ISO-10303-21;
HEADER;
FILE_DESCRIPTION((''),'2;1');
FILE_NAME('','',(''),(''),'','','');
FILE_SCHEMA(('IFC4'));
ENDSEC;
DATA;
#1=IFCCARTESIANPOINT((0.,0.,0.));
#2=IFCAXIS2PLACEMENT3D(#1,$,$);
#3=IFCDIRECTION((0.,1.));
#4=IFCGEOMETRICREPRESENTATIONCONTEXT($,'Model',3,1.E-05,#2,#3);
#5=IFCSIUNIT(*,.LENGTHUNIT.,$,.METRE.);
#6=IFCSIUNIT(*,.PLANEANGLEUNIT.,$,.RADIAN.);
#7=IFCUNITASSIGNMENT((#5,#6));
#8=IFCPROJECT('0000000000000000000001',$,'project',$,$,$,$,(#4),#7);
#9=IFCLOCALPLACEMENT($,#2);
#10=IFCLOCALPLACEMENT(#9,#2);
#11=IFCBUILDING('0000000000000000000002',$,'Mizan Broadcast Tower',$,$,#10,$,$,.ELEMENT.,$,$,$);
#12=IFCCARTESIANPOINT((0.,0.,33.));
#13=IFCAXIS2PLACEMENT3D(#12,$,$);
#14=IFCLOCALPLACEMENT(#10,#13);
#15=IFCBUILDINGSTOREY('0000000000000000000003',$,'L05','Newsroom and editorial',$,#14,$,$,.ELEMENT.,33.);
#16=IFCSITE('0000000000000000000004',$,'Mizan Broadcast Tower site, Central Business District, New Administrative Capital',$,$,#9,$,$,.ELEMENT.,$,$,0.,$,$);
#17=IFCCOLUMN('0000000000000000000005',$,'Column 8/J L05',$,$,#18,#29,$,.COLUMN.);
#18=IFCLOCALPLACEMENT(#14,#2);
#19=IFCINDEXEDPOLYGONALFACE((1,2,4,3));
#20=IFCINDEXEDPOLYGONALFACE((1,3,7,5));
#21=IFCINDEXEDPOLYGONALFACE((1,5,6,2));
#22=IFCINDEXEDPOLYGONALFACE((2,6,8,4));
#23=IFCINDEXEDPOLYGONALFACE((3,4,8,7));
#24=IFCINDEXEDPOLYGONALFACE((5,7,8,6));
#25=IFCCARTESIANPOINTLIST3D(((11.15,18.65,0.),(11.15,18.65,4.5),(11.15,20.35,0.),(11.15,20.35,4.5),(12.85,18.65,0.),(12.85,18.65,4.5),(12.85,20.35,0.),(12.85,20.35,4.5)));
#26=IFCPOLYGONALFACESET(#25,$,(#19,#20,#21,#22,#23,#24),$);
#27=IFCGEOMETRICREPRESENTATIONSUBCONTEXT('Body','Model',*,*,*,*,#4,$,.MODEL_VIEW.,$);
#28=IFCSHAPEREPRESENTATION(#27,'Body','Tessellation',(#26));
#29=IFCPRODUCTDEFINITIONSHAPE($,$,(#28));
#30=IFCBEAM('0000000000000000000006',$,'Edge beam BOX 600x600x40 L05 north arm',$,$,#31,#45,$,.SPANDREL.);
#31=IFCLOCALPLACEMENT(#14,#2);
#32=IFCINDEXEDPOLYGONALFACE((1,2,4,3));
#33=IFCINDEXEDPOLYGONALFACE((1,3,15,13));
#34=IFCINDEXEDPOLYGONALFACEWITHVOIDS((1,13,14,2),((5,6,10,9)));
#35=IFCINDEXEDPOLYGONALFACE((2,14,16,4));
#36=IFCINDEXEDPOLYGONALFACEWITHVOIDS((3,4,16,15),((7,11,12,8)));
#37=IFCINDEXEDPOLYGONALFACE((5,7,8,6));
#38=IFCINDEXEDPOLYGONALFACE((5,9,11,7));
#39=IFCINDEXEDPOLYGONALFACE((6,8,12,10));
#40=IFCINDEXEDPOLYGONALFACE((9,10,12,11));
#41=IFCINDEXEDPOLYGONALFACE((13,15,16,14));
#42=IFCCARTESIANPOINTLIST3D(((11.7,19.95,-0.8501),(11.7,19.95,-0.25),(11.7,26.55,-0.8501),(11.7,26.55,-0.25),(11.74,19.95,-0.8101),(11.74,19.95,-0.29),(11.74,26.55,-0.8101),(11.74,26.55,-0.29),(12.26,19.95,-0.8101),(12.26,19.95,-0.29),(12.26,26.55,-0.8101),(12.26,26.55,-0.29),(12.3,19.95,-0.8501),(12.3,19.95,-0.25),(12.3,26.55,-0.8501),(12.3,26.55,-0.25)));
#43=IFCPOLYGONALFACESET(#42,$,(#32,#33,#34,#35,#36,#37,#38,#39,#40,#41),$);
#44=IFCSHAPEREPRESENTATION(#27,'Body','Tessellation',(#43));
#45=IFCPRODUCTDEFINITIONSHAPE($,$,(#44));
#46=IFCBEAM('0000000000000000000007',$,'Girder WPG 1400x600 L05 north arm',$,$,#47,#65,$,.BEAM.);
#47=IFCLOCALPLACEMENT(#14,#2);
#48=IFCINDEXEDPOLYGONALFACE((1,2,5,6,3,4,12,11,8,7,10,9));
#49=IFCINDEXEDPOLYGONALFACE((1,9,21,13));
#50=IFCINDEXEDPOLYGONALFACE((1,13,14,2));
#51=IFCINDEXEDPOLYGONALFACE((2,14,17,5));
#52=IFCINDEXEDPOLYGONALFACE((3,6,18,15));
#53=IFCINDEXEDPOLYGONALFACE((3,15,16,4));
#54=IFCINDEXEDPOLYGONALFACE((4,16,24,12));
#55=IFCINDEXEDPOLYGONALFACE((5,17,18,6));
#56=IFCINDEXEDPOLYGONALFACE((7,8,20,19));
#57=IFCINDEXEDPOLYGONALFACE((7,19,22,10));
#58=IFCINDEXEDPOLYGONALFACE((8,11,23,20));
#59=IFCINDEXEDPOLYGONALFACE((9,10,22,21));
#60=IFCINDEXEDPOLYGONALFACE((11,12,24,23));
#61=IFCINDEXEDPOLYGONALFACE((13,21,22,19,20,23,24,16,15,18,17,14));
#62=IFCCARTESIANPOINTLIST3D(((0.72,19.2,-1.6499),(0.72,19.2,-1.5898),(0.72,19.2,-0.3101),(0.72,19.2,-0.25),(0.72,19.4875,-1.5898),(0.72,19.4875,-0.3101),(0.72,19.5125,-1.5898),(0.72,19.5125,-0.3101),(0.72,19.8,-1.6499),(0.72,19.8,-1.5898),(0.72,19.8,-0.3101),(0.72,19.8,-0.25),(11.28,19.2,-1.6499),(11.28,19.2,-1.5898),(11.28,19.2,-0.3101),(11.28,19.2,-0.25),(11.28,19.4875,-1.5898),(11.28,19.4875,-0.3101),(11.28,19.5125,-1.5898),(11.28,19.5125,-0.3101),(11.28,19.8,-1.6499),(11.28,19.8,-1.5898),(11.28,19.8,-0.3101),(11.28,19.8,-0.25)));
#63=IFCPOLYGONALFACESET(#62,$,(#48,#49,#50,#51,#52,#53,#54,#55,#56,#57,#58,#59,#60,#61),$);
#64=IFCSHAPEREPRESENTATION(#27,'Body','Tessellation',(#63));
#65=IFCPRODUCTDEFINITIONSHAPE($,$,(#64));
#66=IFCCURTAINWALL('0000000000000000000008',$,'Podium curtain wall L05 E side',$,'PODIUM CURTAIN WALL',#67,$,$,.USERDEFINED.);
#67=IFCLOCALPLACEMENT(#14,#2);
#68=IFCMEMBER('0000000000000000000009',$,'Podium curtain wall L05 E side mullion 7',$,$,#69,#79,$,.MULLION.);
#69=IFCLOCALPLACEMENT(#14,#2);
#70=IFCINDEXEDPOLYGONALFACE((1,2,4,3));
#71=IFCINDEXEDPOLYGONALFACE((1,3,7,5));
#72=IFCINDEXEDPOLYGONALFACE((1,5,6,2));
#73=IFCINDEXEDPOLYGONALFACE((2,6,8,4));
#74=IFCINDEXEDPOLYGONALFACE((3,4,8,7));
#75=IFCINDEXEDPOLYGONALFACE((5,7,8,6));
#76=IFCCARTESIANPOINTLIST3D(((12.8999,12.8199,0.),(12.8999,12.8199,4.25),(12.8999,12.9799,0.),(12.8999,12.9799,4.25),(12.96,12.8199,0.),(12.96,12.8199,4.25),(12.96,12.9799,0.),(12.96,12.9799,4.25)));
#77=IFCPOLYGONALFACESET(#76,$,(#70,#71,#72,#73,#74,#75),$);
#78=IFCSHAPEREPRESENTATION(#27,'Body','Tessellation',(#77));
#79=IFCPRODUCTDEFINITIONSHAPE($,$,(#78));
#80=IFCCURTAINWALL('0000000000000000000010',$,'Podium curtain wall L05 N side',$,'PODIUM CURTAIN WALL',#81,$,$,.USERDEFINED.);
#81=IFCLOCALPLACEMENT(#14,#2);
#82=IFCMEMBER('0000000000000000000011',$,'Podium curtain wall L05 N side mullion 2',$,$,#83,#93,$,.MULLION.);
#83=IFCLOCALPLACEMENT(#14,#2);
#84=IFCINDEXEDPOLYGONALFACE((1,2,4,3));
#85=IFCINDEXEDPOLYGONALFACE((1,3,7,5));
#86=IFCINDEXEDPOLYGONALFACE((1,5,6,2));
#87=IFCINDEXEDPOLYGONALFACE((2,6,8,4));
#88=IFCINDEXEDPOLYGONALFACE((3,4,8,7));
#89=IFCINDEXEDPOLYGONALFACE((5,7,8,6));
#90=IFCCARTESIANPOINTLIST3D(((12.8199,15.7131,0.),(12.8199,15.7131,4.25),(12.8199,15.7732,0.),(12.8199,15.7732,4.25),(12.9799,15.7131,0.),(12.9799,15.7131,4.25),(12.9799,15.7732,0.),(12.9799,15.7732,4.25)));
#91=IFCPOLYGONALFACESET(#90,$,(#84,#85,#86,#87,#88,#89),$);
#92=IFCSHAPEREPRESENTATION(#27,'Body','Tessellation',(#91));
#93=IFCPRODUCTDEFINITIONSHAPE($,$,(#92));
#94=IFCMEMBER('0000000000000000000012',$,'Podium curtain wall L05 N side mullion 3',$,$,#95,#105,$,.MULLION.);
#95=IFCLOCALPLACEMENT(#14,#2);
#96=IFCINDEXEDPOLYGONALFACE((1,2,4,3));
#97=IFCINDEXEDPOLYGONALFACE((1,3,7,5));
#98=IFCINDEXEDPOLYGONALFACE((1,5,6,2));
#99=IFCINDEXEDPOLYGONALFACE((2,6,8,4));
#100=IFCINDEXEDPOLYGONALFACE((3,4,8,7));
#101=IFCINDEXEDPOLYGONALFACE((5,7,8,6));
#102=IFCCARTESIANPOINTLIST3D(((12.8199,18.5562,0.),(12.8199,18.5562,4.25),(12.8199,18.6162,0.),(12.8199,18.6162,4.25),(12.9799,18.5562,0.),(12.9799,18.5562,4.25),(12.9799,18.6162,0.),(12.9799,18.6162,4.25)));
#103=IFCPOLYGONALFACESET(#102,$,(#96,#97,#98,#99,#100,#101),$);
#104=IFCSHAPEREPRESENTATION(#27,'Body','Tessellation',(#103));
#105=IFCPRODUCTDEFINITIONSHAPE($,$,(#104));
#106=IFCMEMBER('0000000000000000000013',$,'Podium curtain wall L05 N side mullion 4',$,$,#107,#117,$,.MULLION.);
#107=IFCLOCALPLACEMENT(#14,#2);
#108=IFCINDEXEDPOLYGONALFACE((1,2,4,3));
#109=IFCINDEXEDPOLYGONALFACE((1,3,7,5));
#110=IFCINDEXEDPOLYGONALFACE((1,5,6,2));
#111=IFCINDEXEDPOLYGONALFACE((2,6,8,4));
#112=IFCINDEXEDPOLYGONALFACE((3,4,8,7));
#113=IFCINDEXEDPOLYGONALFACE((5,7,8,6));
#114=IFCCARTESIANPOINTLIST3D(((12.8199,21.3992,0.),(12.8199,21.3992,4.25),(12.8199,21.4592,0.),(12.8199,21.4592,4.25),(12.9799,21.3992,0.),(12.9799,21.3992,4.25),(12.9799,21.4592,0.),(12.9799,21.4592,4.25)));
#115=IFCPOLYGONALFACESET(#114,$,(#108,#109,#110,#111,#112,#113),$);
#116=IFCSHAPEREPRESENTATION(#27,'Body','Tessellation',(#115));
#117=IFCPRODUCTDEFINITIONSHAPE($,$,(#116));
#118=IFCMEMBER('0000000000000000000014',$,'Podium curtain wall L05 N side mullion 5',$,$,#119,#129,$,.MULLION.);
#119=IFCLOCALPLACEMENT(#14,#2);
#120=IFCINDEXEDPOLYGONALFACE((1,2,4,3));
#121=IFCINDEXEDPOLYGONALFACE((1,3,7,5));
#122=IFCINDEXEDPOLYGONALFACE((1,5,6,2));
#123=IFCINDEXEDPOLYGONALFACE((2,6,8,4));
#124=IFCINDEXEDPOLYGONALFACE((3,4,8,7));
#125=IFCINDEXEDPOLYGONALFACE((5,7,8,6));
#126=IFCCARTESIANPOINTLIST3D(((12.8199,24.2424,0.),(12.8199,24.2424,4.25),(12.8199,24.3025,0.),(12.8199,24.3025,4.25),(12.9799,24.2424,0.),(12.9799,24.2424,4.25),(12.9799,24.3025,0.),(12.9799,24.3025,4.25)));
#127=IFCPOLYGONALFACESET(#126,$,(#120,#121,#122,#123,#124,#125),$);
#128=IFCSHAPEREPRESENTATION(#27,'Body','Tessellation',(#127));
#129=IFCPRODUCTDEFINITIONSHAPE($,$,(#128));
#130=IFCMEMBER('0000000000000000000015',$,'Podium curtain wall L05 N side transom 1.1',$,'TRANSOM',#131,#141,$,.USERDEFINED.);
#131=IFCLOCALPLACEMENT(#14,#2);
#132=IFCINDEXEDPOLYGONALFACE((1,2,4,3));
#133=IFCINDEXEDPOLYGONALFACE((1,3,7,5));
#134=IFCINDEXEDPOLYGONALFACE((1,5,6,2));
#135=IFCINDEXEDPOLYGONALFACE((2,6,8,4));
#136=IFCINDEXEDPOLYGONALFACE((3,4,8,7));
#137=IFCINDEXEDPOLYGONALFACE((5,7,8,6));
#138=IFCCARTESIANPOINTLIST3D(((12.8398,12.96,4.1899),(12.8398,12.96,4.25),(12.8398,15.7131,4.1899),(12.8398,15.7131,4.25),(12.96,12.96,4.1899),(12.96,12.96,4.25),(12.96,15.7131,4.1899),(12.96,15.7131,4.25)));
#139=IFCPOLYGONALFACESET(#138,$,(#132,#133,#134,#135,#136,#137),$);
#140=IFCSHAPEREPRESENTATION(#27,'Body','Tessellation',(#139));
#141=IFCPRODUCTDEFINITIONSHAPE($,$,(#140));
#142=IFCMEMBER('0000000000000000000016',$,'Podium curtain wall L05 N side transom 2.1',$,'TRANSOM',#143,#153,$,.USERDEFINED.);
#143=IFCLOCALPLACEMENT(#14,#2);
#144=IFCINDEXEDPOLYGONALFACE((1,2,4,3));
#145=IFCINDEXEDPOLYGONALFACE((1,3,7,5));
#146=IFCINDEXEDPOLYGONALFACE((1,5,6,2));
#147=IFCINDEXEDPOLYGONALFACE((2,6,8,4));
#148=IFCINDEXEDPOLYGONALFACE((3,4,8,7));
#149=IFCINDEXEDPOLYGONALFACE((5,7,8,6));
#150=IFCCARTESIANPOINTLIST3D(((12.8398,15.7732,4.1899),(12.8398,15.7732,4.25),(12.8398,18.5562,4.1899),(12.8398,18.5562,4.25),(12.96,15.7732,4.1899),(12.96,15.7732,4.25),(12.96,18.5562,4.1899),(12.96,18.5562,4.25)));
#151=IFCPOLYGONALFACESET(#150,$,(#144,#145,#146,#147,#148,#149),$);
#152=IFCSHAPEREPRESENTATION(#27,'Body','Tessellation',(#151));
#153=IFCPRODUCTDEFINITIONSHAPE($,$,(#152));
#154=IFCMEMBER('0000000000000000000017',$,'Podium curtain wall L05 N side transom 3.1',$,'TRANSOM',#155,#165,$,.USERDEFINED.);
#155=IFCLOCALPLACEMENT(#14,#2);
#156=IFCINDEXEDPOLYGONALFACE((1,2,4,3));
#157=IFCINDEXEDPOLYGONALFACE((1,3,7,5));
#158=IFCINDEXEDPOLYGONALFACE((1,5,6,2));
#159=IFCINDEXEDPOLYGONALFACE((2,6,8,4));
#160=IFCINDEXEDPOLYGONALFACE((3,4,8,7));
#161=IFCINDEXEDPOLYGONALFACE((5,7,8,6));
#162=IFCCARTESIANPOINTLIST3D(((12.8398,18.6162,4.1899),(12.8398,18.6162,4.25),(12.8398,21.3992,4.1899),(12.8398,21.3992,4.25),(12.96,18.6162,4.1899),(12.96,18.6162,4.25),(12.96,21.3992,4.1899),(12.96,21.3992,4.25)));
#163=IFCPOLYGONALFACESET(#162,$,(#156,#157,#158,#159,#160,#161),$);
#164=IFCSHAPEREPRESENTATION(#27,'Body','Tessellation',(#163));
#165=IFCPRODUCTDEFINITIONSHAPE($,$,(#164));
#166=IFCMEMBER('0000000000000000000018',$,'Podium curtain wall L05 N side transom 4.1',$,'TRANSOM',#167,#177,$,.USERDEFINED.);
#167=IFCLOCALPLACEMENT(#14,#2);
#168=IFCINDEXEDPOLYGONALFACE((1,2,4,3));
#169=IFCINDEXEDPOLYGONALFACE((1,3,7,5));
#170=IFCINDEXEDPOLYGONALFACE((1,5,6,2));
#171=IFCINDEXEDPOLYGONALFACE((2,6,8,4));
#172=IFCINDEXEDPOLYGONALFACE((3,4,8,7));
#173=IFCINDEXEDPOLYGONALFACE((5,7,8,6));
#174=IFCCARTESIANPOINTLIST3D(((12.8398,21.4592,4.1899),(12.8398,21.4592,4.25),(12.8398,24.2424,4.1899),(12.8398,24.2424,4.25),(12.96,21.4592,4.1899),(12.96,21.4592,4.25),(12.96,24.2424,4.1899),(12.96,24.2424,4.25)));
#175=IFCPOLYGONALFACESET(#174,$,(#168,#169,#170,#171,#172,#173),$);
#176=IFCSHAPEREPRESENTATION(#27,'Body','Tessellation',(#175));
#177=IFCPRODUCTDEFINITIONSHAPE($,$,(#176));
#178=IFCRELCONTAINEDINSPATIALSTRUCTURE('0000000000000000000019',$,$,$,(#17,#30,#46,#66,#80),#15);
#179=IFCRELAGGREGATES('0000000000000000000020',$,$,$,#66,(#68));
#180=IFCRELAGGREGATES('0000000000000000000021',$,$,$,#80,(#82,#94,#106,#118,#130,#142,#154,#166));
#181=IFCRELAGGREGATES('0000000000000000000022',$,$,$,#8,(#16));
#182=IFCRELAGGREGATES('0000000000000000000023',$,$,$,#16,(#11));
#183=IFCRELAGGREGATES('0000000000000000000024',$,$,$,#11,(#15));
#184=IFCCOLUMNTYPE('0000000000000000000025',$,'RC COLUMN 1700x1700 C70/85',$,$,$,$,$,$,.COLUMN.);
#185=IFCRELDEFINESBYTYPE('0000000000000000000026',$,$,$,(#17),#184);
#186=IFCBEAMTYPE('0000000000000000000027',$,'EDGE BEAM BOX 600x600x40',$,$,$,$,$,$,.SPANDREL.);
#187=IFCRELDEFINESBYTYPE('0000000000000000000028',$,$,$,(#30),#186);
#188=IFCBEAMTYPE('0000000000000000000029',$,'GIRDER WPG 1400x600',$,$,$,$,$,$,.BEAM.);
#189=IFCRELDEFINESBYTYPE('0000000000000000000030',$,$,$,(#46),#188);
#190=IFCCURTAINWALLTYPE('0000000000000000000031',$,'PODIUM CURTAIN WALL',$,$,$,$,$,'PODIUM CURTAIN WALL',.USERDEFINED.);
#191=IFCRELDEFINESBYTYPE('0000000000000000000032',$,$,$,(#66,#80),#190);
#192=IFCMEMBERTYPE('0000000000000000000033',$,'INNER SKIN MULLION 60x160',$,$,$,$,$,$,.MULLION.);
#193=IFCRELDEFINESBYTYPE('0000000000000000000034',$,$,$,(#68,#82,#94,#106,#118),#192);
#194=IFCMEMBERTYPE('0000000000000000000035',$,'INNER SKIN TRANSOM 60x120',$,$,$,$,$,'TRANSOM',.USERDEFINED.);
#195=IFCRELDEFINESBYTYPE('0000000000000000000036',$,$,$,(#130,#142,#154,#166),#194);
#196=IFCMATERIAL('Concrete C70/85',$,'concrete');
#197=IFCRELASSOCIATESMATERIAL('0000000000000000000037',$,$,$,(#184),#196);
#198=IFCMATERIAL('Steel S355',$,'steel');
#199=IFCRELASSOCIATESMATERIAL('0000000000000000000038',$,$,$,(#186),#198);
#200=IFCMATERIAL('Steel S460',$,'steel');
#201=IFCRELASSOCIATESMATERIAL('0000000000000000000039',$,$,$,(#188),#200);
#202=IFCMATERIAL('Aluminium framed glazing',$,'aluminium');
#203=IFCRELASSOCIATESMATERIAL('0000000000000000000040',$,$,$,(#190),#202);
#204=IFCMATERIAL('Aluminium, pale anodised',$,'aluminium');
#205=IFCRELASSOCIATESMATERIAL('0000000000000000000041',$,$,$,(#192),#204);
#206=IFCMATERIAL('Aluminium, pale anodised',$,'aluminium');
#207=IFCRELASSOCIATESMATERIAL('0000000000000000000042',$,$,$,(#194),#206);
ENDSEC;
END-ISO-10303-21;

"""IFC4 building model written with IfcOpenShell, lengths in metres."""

from ifc_helpers import new_model, si_unit, direction, frame, origin, origin_2d, place, context, subcontext, project, spatial, rectangle, hollow_rectangle, i_section, extrude, material, material_profile, profile_set, type_object, element, aggregate, save


model = new_model("IFC4")

# Units and contexts
model_context = context("Model", 3, precision=1e-05, world=origin(), true_north=direction((0.0, 1.0)))
body_context = subcontext(model_context, "Body", "Model", "MODEL_VIEW")
ifc_project = project(units=[si_unit("LENGTHUNIT", "METRE"), si_unit("PLANEANGLEUNIT", "RADIAN")], contexts=[model_context])

# Site, building, storey
site_placement = place(None, origin())
site = spatial("IfcSite", under=ifc_project, at=site_placement, Name="Mizan Broadcast Tower site, Central Business District, New Administrative Capital", CompositionType="ELEMENT", RefElevation=0.0)
building_placement = place(site_placement, origin())
building = spatial("IfcBuilding", under=site, at=building_placement, Name="Mizan Broadcast Tower", CompositionType="ELEMENT")
storey_placement = place(building_placement, frame((0.0, 0.0, 33.0)))
storey = spatial("IfcBuildingStorey", under=building, at=storey_placement, Name="L05", Description="Newsroom and editorial", CompositionType="ELEMENT", Elevation=33.0)

# Column
ifc_material_1 = material(Name="Concrete C70/85", Category="concrete")
ifc_material_profile_1 = material_profile(ifc_material_1, rectangle(XDim=1.7, YDim=1.7, at=origin_2d()), Name="RC 1700x1700")
ifc_profile_set_1 = profile_set([ifc_material_profile_1], Name="Concrete C70/85")
column_type = type_object("IfcColumnType", Name="RC COLUMN 1700x1700 C70/85", PredefinedType="COLUMN", material=ifc_profile_set_1)
column_placement = place(storey_placement, frame((12.0, 19.5, 0.0), z_axis=(0.0, 0.0, 1.0), x_axis=(1.0, 0.0, 0.0)))
element("IfcColumn", 1, at=column_placement, inside=storey, type_object=column_type, Name="Column 8/J L05", PredefinedType="COLUMN", context=body_context, shape_type="SweptSolid", body=[
    extrude(rectangle(XDim=1.7, YDim=1.7, at=origin_2d()), origin(), (0.0, 0.0, 1.0), 4.5),
])

# Beams
ifc_material_2 = material(Name="Steel S355", Category="steel")
ifc_material_profile_2 = material_profile(ifc_material_2, hollow_rectangle(XDim=0.6001, YDim=0.6001, WallThickness=0.04, at=origin_2d()), Name="BOX 600x600x40")
ifc_profile_set_2 = profile_set([ifc_material_profile_2], Name="Steel S355")
beam_type_1 = type_object("IfcBeamType", Name="EDGE BEAM BOX 600x600x40", PredefinedType="SPANDREL", material=ifc_profile_set_2)
beam_1_placement = place(storey_placement, frame((12.0, 19.95, -0.55), z_axis=(0.0, 1.0, 0.0), x_axis=(-1.0, 0.0, 0.0)))
element("IfcBeam", 2, at=beam_1_placement, inside=storey, type_object=beam_type_1, Name="Edge beam BOX 600x600x40 L05 north arm", PredefinedType="SPANDREL", context=body_context, shape_type="SweptSolid", body=[
    extrude(hollow_rectangle(XDim=0.6001, YDim=0.6001, WallThickness=0.04, at=origin_2d()), origin(), (0.0, 0.0, 1.0), 6.6001),
])
ifc_material_3 = material(Name="Steel S460", Category="steel")
ifc_material_profile_3 = material_profile(ifc_material_3, i_section(OverallWidth=0.6001, OverallDepth=1.3999, WebThickness=0.0249, FlangeThickness=0.0601, at=origin_2d()), Name="WPG 1400x600")
ifc_profile_set_3 = profile_set([ifc_material_profile_3], Name="Steel S460")
beam_type_2 = type_object("IfcBeamType", Name="GIRDER WPG 1400x600", PredefinedType="BEAM", material=ifc_profile_set_3)
beam_2_placement = place(storey_placement, frame((11.28, 19.5, -0.95), z_axis=(-1.0, 0.0, 0.0), x_axis=(0.0, -1.0, 0.0)))
element("IfcBeam", 3, at=beam_2_placement, inside=storey, type_object=beam_type_2, Name="Girder WPG 1400x600 L05 north arm", PredefinedType="BEAM", context=body_context, shape_type="SweptSolid", body=[
    extrude(i_section(OverallWidth=0.6001, OverallDepth=1.3999, WebThickness=0.0249, FlangeThickness=0.0601, at=origin_2d()), origin(), (0.0, 0.0, 1.0), 10.5601),
])

# Curtain wall, member
ifc_material_4 = material(Name="Aluminium framed glazing", Category="aluminium")
curtain_wall_type_1 = type_object("IfcCurtainWallType", Name="PODIUM CURTAIN WALL", ElementType="PODIUM CURTAIN WALL", PredefinedType="USERDEFINED", material=ifc_material_4)
curtain_wall_1_placement = place(storey_placement, origin())
curtain_wall_1 = element("IfcCurtainWall", 4, at=curtain_wall_1_placement, inside=storey, type_object=curtain_wall_type_1, Name="Podium curtain wall L05 E side", ObjectType="PODIUM CURTAIN WALL", PredefinedType="USERDEFINED")
ifc_material_5 = material(Name="Aluminium, pale anodised", Category="aluminium")
ifc_material_profile_4 = material_profile(ifc_material_5, rectangle(XDim=0.1599, YDim=0.0601, at=origin_2d()), Name="MULLION 160x60")
ifc_profile_set_4 = profile_set([ifc_material_profile_4], Name="Aluminium, pale anodised")
member_type_1 = type_object("IfcMemberType", Name="INNER SKIN MULLION 60x160", PredefinedType="MULLION", material=ifc_profile_set_4)
member_1_placement = place(storey_placement, frame((12.9299, 12.8999, 0.0), z_axis=(0.0, 0.0, 1.0), x_axis=(0.0, -1.0, 0.0)))
member_1 = element("IfcMember", 5, at=member_1_placement, type_object=member_type_1, Name="Podium curtain wall L05 E side mullion 7", PredefinedType="MULLION", context=body_context, shape_type="SweptSolid", body=[
    extrude(rectangle(XDim=0.1599, YDim=0.0601, at=origin_2d()), origin(), (0.0, 0.0, 1.0), 4.25),
])
aggregate(curtain_wall_1, [member_1])

# Curtain wall, members
curtain_wall_2_placement = place(storey_placement, origin())
curtain_wall_2 = element("IfcCurtainWall", 6, at=curtain_wall_2_placement, inside=storey, type_object=curtain_wall_type_1, Name="Podium curtain wall L05 N side", ObjectType="PODIUM CURTAIN WALL", PredefinedType="USERDEFINED")
member_2_placement = place(storey_placement, frame((12.8999, 15.7432, 0.0), z_axis=(0.0, 0.0, 1.0), x_axis=(-1.0, 0.0, 0.0)))
member_2 = element("IfcMember", 7, at=member_2_placement, type_object=member_type_1, Name="Podium curtain wall L05 N side mullion 2", PredefinedType="MULLION", context=body_context, shape_type="SweptSolid", body=[
    extrude(rectangle(XDim=0.1599, YDim=0.0601, at=origin_2d()), origin(), (0.0, 0.0, 1.0), 4.25),
])
member_3_placement = place(storey_placement, frame((12.8999, 18.5862, 0.0), z_axis=(0.0, 0.0, 1.0), x_axis=(-1.0, 0.0, 0.0)))
member_3 = element("IfcMember", 8, at=member_3_placement, type_object=member_type_1, Name="Podium curtain wall L05 N side mullion 3", PredefinedType="MULLION", context=body_context, shape_type="SweptSolid", body=[
    extrude(rectangle(XDim=0.1599, YDim=0.0601, at=origin_2d()), origin(), (0.0, 0.0, 1.0), 4.25),
])
member_4_placement = place(storey_placement, frame((12.8999, 21.4292, 0.0), z_axis=(0.0, 0.0, 1.0), x_axis=(-1.0, 0.0, 0.0)))
member_4 = element("IfcMember", 9, at=member_4_placement, type_object=member_type_1, Name="Podium curtain wall L05 N side mullion 4", PredefinedType="MULLION", context=body_context, shape_type="SweptSolid", body=[
    extrude(rectangle(XDim=0.1599, YDim=0.0601, at=origin_2d()), origin(), (0.0, 0.0, 1.0), 4.25),
])
member_5_placement = place(storey_placement, frame((12.8999, 24.2725, 0.0), z_axis=(0.0, 0.0, 1.0), x_axis=(-1.0, 0.0, 0.0)))
member_5 = element("IfcMember", 10, at=member_5_placement, type_object=member_type_1, Name="Podium curtain wall L05 N side mullion 5", PredefinedType="MULLION", context=body_context, shape_type="SweptSolid", body=[
    extrude(rectangle(XDim=0.1599, YDim=0.0601, at=origin_2d()), origin(), (0.0, 0.0, 1.0), 4.25),
])
ifc_material_6 = material(Name="Aluminium, pale anodised", Category="aluminium")
ifc_material_profile_5 = material_profile(ifc_material_6, rectangle(XDim=0.1201, YDim=0.0601, at=origin_2d()), Name="TRANSOM 120x60")
ifc_profile_set_5 = profile_set([ifc_material_profile_5], Name="Aluminium, pale anodised")
member_type_2 = type_object("IfcMemberType", Name="INNER SKIN TRANSOM 60x120", ElementType="TRANSOM", PredefinedType="USERDEFINED", material=ifc_profile_set_5)
member_6_placement = place(storey_placement, frame((12.8999, 12.96, 4.22), z_axis=(0.0, 1.0, 0.0), x_axis=(-1.0, 0.0, 0.0)))
member_6 = element("IfcMember", 11, at=member_6_placement, type_object=member_type_2, Name="Podium curtain wall L05 N side transom 1.1", ObjectType="TRANSOM", PredefinedType="USERDEFINED", context=body_context, shape_type="SweptSolid", body=[
    extrude(rectangle(XDim=0.1201, YDim=0.0601, at=origin_2d()), origin(), (0.0, 0.0, 1.0), 2.7532),
])
member_7_placement = place(storey_placement, frame((12.8999, 15.7732, 4.22), z_axis=(0.0, 1.0, 0.0), x_axis=(-1.0, 0.0, 0.0)))
member_7 = element("IfcMember", 12, at=member_7_placement, type_object=member_type_2, Name="Podium curtain wall L05 N side transom 2.1", ObjectType="TRANSOM", PredefinedType="USERDEFINED", context=body_context, shape_type="SweptSolid", body=[
    extrude(rectangle(XDim=0.1201, YDim=0.0601, at=origin_2d()), origin(), (0.0, 0.0, 1.0), 2.783),
])
member_8_placement = place(storey_placement, frame((12.8999, 18.6162, 4.22), z_axis=(0.0, 1.0, 0.0), x_axis=(-1.0, 0.0, 0.0)))
member_8 = element("IfcMember", 13, at=member_8_placement, type_object=member_type_2, Name="Podium curtain wall L05 N side transom 3.1", ObjectType="TRANSOM", PredefinedType="USERDEFINED", context=body_context, shape_type="SweptSolid", body=[
    extrude(rectangle(XDim=0.1201, YDim=0.0601, at=origin_2d()), origin(), (0.0, 0.0, 1.0), 2.783),
])
member_9_placement = place(storey_placement, frame((12.8999, 21.4592, 4.22), z_axis=(0.0, 1.0, 0.0), x_axis=(-1.0, 0.0, 0.0)))
member_9 = element("IfcMember", 14, at=member_9_placement, type_object=member_type_2, Name="Podium curtain wall L05 N side transom 4.1", ObjectType="TRANSOM", PredefinedType="USERDEFINED", context=body_context, shape_type="SweptSolid", body=[
    extrude(rectangle(XDim=0.1201, YDim=0.0601, at=origin_2d()), origin(), (0.0, 0.0, 1.0), 2.7832),
])

aggregate(curtain_wall_2, [member_2, member_3, member_4, member_5, member_6, member_7, member_8, member_9])

save(model, "model.ifc")
